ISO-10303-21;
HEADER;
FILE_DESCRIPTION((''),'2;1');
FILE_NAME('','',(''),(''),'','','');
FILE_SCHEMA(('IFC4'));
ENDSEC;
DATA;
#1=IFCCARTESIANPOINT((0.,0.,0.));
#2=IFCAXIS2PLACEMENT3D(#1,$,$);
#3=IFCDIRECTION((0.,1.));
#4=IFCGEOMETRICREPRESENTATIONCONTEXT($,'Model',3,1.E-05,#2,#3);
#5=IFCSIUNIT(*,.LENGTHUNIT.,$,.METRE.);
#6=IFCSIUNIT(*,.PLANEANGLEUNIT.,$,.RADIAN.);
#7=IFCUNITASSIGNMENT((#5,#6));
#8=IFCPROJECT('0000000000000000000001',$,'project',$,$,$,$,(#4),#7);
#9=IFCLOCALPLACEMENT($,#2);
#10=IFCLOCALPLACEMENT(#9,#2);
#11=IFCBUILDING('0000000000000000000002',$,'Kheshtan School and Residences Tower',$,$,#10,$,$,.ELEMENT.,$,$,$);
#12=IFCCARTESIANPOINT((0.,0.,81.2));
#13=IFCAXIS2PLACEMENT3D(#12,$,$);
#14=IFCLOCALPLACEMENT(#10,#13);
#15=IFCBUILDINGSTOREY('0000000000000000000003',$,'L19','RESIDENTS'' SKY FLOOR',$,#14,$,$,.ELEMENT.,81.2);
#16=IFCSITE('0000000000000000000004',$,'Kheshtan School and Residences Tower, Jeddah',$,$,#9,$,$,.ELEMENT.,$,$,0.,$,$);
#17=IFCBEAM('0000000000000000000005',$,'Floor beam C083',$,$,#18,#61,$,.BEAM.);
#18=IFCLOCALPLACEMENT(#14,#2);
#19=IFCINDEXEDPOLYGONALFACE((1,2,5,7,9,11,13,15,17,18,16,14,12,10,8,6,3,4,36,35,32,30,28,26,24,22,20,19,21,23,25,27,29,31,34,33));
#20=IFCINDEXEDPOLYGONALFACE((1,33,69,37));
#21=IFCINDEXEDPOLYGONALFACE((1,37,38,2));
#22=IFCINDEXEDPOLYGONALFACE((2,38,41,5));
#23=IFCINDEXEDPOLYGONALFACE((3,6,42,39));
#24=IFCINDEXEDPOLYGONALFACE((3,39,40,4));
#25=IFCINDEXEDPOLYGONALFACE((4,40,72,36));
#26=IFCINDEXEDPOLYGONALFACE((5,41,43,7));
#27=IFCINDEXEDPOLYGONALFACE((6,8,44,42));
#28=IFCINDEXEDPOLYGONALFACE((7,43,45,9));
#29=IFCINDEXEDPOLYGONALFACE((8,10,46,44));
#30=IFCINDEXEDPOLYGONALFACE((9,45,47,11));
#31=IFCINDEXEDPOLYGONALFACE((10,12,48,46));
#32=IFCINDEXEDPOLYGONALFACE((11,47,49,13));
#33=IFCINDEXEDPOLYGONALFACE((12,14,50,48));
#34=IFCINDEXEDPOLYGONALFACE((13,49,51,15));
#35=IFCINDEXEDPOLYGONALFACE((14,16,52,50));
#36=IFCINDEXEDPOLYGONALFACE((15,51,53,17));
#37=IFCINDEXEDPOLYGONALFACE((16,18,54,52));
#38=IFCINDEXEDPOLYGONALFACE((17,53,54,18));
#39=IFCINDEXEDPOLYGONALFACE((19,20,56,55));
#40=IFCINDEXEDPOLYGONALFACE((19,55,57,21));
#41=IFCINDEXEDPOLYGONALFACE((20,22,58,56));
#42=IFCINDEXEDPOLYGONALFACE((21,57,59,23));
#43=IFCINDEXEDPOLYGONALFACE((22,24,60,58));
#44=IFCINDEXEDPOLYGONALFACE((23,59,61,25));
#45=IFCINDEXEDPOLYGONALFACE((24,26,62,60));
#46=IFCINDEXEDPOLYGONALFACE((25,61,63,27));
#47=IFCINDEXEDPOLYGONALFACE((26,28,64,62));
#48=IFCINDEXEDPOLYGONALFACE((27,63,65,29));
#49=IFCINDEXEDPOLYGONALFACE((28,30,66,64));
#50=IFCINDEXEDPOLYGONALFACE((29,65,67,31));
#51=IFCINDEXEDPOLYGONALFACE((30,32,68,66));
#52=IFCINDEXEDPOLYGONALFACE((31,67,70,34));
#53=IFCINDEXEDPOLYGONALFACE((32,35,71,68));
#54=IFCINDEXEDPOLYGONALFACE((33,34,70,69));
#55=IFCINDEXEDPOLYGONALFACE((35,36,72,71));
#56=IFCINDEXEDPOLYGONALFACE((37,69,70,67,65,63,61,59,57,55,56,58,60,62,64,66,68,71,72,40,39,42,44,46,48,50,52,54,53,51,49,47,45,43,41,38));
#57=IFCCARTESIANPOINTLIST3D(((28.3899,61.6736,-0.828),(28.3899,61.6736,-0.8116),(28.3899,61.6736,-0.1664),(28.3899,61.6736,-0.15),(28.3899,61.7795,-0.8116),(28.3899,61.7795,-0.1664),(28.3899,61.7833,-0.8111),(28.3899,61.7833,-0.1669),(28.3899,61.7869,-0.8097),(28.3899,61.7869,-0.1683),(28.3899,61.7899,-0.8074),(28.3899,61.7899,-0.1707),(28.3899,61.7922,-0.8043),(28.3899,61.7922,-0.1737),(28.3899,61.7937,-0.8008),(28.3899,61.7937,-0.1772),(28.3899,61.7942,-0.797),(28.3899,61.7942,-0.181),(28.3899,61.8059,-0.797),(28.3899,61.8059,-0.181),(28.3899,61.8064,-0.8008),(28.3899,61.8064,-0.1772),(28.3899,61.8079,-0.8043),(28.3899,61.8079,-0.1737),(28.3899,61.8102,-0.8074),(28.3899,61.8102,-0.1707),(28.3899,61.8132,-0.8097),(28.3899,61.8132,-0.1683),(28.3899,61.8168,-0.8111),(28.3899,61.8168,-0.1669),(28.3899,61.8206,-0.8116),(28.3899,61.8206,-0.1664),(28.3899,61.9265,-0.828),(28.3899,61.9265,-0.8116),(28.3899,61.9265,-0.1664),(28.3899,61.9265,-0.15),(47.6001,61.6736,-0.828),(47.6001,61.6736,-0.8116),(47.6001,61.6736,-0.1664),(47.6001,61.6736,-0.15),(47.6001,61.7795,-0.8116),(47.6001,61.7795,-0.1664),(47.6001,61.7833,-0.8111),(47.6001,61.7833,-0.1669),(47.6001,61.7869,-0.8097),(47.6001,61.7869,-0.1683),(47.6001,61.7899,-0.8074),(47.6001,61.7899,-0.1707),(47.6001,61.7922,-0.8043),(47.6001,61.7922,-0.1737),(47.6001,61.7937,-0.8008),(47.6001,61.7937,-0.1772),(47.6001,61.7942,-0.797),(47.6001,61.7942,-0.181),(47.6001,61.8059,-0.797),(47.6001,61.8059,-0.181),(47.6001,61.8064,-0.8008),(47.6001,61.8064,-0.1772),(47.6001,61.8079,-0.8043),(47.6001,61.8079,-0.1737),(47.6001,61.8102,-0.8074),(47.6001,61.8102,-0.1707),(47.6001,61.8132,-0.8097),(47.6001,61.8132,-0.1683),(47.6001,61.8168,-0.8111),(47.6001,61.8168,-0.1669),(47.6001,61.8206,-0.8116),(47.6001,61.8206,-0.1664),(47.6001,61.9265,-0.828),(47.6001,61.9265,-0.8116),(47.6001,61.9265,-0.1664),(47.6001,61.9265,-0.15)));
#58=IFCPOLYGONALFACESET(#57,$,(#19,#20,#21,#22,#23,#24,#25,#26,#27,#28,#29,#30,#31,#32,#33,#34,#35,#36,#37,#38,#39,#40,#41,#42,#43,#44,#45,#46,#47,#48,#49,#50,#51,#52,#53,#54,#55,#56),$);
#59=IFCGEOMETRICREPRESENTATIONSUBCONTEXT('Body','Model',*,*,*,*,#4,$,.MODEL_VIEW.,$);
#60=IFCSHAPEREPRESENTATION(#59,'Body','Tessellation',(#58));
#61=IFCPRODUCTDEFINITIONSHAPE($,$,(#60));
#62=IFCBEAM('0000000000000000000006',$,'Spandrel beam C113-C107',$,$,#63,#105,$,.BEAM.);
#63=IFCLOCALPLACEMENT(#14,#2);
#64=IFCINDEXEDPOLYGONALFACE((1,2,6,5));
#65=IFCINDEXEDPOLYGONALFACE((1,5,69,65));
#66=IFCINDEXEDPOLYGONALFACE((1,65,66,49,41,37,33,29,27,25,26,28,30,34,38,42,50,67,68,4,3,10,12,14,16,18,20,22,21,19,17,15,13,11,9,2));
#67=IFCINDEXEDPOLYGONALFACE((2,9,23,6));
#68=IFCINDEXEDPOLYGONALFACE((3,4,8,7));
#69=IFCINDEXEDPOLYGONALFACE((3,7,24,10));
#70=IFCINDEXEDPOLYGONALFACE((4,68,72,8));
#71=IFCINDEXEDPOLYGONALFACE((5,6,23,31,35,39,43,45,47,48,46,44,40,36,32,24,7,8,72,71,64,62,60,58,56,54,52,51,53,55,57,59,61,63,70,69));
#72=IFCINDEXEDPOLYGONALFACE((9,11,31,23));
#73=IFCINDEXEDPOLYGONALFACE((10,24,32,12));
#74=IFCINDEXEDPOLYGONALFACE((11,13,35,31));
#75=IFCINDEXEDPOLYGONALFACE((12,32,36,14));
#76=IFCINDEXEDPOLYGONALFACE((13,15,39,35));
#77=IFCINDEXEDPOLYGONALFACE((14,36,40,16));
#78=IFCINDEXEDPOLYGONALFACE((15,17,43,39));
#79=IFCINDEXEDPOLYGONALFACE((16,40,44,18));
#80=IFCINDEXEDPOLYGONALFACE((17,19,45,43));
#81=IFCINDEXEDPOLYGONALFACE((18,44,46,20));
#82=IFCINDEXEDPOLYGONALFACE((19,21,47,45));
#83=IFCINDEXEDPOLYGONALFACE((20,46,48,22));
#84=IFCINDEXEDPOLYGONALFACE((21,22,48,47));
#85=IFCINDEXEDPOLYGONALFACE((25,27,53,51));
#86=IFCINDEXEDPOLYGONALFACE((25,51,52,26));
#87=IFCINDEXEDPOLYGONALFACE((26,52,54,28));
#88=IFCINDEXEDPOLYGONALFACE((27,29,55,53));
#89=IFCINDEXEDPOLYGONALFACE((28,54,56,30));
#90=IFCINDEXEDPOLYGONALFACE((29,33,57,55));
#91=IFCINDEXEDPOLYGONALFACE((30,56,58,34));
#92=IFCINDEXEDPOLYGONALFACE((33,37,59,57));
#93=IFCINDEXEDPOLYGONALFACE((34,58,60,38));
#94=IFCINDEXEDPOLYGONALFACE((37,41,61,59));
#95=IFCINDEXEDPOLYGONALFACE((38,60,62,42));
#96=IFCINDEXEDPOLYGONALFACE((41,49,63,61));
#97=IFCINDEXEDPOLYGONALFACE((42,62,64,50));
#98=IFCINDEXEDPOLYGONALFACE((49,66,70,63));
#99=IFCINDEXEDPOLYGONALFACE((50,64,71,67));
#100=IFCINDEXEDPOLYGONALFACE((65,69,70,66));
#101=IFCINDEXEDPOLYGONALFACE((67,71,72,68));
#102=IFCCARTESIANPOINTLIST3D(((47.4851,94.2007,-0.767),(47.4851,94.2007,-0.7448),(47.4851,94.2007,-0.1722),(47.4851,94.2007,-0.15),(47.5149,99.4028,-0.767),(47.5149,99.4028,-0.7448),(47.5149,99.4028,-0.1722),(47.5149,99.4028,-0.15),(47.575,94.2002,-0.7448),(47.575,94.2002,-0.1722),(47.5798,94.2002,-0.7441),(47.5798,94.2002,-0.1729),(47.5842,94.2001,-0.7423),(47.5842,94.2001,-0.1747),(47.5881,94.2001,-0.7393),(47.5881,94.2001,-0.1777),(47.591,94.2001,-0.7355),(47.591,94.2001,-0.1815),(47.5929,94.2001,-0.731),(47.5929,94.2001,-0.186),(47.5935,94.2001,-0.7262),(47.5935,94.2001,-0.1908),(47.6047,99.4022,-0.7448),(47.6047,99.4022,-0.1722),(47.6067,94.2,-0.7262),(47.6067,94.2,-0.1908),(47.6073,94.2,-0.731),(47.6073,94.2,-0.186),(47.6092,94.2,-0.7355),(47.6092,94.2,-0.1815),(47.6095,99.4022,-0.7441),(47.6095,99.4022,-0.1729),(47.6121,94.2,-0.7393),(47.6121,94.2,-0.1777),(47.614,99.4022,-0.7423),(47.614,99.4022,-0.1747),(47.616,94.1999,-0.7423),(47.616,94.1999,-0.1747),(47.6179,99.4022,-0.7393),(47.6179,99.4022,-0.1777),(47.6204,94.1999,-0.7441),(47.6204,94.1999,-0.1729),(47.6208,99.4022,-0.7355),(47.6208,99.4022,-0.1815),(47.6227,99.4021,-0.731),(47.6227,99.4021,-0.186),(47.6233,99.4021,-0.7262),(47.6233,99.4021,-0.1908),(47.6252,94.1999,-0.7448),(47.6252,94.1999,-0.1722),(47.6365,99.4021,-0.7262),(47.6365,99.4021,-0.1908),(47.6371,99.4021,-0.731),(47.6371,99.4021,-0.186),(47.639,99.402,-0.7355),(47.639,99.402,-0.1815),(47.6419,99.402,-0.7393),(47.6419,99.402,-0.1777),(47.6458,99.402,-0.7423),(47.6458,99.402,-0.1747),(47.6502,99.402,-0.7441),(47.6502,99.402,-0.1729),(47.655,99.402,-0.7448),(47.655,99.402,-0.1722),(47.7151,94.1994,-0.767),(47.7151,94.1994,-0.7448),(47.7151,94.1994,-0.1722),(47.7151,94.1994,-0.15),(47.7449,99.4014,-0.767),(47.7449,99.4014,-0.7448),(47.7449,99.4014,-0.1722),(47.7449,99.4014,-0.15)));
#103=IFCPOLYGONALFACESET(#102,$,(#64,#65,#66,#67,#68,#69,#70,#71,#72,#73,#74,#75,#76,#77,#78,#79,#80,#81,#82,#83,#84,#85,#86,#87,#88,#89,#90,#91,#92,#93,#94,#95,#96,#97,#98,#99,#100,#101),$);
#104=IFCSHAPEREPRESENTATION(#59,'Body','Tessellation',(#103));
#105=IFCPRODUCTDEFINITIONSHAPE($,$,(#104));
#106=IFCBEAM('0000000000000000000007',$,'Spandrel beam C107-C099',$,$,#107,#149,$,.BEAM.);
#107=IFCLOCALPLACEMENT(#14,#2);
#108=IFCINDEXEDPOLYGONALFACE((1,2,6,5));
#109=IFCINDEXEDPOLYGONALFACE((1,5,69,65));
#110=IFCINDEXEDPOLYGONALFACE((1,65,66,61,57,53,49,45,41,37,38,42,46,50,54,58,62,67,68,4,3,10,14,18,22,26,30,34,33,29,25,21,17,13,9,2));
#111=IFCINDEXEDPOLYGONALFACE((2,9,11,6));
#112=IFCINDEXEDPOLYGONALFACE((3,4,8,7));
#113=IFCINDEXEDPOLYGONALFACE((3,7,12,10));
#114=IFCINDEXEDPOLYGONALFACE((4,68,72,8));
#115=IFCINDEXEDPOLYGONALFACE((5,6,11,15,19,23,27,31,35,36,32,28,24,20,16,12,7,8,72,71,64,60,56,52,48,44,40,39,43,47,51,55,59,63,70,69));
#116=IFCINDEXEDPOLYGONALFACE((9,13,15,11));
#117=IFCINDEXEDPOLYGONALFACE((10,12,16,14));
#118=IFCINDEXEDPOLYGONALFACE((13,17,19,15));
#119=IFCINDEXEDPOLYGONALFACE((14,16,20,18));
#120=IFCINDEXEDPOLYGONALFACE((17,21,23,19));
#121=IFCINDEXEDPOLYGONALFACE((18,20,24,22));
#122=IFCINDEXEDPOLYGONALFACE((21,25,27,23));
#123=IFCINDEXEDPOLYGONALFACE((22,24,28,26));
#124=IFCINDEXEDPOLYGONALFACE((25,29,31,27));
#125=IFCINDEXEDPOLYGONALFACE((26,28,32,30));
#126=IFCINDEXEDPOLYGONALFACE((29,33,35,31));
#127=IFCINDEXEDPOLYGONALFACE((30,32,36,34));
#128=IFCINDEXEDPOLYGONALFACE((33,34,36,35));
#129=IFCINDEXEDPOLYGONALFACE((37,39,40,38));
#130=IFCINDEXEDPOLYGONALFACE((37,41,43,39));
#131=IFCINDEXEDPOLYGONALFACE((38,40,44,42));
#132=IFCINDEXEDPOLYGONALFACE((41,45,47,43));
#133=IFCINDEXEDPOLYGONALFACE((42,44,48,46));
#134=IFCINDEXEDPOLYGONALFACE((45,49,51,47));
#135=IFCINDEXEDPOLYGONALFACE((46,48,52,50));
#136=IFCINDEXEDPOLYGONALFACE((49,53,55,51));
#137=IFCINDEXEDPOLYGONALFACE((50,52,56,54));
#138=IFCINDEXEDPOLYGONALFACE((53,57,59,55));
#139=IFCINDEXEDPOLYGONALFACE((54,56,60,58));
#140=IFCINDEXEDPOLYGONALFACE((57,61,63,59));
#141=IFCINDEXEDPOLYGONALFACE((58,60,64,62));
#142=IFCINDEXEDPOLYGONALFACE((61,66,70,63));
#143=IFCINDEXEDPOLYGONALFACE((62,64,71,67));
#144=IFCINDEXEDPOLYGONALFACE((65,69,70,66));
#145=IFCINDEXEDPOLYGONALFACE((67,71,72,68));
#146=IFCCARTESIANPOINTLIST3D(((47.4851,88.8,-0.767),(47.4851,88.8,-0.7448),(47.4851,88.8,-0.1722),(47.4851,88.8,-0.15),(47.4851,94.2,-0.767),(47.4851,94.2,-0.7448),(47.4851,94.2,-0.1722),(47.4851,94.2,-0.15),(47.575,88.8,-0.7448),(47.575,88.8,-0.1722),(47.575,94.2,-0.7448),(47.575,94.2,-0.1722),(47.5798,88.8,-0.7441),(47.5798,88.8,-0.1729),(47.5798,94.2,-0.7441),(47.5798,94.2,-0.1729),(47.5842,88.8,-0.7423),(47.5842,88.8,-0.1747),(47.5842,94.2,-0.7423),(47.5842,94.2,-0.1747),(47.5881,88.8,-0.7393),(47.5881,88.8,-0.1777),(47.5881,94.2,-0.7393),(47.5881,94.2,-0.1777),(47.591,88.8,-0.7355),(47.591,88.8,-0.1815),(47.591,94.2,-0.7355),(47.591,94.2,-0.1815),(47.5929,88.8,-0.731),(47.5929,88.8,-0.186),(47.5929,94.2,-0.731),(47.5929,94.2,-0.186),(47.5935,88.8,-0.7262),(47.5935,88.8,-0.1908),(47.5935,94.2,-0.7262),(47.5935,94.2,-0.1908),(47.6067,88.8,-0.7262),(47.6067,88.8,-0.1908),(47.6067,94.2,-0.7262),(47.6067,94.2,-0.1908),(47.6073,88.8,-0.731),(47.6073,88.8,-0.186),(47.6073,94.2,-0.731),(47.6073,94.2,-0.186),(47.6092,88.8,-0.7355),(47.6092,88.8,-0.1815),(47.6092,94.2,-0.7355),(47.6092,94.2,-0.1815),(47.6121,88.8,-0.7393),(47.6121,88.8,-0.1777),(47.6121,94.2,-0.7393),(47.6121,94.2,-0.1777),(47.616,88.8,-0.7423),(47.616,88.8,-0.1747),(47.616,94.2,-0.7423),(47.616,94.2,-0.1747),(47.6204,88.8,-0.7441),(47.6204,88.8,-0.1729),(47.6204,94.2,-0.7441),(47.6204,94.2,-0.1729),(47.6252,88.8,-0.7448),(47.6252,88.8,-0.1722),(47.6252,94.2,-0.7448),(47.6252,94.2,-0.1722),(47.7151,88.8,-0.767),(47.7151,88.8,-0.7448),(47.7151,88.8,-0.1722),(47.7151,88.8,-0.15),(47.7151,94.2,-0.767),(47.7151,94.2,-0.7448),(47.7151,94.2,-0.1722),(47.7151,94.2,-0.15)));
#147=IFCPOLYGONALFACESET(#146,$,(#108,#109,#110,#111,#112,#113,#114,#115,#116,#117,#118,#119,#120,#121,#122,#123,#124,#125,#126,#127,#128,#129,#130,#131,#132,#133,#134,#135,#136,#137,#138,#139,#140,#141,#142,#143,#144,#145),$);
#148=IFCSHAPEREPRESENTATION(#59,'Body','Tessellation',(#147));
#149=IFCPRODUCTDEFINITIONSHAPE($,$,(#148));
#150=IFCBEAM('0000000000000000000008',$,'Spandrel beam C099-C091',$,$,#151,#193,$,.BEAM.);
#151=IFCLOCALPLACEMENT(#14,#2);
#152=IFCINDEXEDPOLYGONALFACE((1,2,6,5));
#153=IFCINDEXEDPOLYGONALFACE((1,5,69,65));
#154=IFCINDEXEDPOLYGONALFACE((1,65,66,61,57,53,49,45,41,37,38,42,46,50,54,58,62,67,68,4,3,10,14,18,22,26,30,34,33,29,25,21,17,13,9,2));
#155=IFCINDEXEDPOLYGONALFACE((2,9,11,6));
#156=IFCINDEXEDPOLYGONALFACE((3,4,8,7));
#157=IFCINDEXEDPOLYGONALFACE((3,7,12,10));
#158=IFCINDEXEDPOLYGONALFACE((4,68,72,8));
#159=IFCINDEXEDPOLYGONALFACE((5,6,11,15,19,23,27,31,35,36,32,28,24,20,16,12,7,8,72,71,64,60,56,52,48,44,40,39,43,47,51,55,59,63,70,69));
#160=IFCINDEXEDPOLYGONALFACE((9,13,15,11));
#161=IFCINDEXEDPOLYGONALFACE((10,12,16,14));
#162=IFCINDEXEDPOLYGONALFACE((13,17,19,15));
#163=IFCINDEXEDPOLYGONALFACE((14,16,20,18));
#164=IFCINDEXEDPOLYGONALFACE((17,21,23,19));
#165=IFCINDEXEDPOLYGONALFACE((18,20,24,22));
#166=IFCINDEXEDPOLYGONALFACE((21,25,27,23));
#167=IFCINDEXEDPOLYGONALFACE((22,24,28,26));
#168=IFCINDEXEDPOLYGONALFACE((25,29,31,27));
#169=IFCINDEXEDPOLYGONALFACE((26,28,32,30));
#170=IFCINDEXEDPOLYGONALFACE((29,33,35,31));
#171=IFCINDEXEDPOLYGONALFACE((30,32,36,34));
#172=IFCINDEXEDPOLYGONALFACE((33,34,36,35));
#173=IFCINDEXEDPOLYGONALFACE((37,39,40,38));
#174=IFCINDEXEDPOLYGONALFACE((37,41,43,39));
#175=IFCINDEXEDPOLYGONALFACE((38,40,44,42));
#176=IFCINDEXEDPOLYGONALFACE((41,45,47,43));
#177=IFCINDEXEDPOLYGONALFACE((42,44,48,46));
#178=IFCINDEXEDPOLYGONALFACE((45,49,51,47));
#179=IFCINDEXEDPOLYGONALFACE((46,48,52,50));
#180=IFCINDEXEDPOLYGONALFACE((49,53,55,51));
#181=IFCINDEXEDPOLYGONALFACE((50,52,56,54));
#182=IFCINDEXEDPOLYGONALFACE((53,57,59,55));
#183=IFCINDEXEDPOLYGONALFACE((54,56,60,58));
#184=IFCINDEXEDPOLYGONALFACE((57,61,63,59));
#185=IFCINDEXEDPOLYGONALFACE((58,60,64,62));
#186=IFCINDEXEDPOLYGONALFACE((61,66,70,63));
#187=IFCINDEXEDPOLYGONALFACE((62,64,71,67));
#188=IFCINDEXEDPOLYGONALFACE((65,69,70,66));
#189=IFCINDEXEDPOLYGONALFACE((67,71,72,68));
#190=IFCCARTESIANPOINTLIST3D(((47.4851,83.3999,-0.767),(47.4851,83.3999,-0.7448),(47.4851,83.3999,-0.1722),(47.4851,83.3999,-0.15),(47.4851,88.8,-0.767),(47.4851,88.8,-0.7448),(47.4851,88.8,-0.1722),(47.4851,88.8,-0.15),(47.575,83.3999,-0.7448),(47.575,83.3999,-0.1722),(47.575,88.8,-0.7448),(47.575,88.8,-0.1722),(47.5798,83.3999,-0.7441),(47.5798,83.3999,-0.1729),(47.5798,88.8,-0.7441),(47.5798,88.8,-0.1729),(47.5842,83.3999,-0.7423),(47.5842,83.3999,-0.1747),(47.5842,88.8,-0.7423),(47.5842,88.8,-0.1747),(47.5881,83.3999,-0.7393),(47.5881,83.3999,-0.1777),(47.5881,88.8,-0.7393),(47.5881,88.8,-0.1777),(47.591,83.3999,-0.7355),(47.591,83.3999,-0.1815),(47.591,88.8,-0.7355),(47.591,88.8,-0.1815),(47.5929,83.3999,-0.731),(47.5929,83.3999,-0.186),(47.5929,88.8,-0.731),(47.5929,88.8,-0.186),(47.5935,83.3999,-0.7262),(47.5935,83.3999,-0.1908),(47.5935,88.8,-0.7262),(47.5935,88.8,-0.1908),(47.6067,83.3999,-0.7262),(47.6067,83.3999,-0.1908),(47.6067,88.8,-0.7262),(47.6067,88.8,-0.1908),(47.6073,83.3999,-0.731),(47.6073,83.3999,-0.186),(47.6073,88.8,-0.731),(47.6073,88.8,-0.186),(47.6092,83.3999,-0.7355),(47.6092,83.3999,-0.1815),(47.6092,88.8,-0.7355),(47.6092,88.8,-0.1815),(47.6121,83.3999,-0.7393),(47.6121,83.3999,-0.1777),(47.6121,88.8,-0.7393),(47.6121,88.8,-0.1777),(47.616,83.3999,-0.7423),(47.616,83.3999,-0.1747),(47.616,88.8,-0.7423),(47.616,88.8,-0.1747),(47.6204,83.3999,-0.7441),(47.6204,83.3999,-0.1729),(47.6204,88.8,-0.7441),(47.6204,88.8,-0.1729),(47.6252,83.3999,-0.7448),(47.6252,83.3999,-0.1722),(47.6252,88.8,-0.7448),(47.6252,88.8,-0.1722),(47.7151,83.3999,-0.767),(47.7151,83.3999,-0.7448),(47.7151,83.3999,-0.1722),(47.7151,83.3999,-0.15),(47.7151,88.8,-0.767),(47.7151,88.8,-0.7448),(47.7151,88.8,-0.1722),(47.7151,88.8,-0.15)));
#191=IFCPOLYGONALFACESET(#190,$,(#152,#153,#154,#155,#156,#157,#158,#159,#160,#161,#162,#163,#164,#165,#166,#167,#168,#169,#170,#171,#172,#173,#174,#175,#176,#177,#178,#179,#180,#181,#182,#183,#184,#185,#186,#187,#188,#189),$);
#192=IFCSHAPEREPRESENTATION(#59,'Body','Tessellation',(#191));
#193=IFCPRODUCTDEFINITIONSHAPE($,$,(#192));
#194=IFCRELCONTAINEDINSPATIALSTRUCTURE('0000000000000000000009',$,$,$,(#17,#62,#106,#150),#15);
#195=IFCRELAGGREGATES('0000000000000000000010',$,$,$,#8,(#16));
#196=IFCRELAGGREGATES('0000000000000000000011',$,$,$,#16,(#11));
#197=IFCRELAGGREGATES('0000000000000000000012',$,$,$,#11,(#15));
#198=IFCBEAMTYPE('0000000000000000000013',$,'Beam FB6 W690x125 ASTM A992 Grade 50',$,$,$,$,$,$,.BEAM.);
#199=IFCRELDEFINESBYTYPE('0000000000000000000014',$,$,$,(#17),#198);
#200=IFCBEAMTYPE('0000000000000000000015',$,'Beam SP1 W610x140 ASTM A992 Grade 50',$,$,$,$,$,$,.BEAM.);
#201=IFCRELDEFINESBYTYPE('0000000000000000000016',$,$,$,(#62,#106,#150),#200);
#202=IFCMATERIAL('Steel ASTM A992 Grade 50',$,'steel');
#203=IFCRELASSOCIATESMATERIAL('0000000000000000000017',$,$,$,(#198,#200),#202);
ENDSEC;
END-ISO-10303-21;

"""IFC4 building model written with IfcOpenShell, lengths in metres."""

from ifc_helpers import new_model, si_unit, direction, frame, origin, origin_2d, place, context, subcontext, project, spatial, i_section, extrude, material, material_profile, profile_set, type_object, element, save


model = new_model("IFC4")

# Units and contexts
model_context = context("Model", 3, precision=1e-05, world=origin(), true_north=direction((0.0, 1.0)))
body_context = subcontext(model_context, "Body", "Model", "MODEL_VIEW")
ifc_project = project(units=[si_unit("LENGTHUNIT", "METRE"), si_unit("PLANEANGLEUNIT", "RADIAN")], contexts=[model_context])

# Site, building, storey
site_placement = place(None, origin())
site = spatial("IfcSite", under=ifc_project, at=site_placement, Name="Kheshtan School and Residences Tower, Jeddah", CompositionType="ELEMENT", RefElevation=0.0)
building_placement = place(site_placement, origin())
building = spatial("IfcBuilding", under=site, at=building_placement, Name="Kheshtan School and Residences Tower", CompositionType="ELEMENT")
storey_placement = place(building_placement, frame((0.0, 0.0, 81.2)))
storey = spatial("IfcBuildingStorey", under=building, at=storey_placement, Name="L19", Description="RESIDENTS' SKY FLOOR", CompositionType="ELEMENT", Elevation=81.2)

# Shared definitions
ifc_material_1 = material(Name="Steel ASTM A992 Grade 50", Category="steel")

# Beams
ifc_material_profile_1 = material_profile(ifc_material_1, i_section(OverallWidth=0.2529, OverallDepth=0.678, WebThickness=0.0117, FlangeThickness=0.0164, FilletRadius=0.0146, at=origin_2d()), Name="W690x125")
ifc_profile_set_1 = profile_set([ifc_material_profile_1], Name="Steel ASTM A992 Grade 50")
beam_type_1 = type_object("IfcBeamType", Name="Beam FB6 W690x125 ASTM A992 Grade 50", PredefinedType="BEAM", material=ifc_profile_set_1)
beam_1_placement = place(storey_placement, frame((47.6001, 61.8, -0.489), z_axis=(-1.0, 0.0, 0.0), x_axis=(0.0, -1.0, 0.0)))
element("IfcBeam", 1, at=beam_1_placement, inside=storey, type_object=beam_type_1, Name="Floor beam C083", PredefinedType="BEAM", context=body_context, shape_type="SweptSolid", body=[
    extrude(i_section(OverallWidth=0.2529, OverallDepth=0.678, WebThickness=0.0117, FlangeThickness=0.0164, FilletRadius=0.0146, at=origin_2d()), origin(), (0.0, 0.0, 1.0), 19.2102),
])
ifc_material_profile_2 = material_profile(ifc_material_1, i_section(OverallWidth=0.23, OverallDepth=0.6169, WebThickness=0.0132, FlangeThickness=0.0222, FilletRadius=0.0186, at=origin_2d()), Name="W610x140")
ifc_profile_set_2 = profile_set([ifc_material_profile_2], Name="Steel ASTM A992 Grade 50")
beam_type_2 = type_object("IfcBeamType", Name="Beam SP1 W610x140 ASTM A992 Grade 50", PredefinedType="BEAM", material=ifc_profile_set_2)
beam_2_placement = place(storey_placement, frame((47.6299, 99.4021, -0.4585), z_axis=(-0.005725, -0.999984, 0.0), x_axis=(0.999984, -0.005725, 0.0)))
element("IfcBeam", 2, at=beam_2_placement, inside=storey, type_object=beam_type_2, Name="Spandrel beam C113-C107", PredefinedType="BEAM", context=body_context, shape_type="SweptSolid", body=[
    extrude(i_section(OverallWidth=0.23, OverallDepth=0.6169, WebThickness=0.0132, FlangeThickness=0.0222, FilletRadius=0.0186, at=origin_2d()), origin(), (0.0, 0.0, 1.0), 5.2021),
])
beam_3_placement = place(storey_placement, frame((47.6001, 94.2, -0.4585), z_axis=(0.0, -1.0, 0.0), x_axis=(1.0, 0.0, 0.0)))
element("IfcBeam", 3, at=beam_3_placement, inside=storey, type_object=beam_type_2, Name="Spandrel beam C107-C099", PredefinedType="BEAM", context=body_context, shape_type="SweptSolid", body=[
    extrude(i_section(OverallWidth=0.23, OverallDepth=0.6169, WebThickness=0.0132, FlangeThickness=0.0222, FilletRadius=0.0186, at=origin_2d()), origin(), (0.0, 0.0, 1.0), 5.3999),
])
beam_4_placement = place(storey_placement, frame((47.6001, 88.8, -0.4585), z_axis=(0.0, -1.0, 0.0), x_axis=(1.0, 0.0, 0.0)))
element("IfcBeam", 4, at=beam_4_placement, inside=storey, type_object=beam_type_2, Name="Spandrel beam C099-C091", PredefinedType="BEAM", context=body_context, shape_type="SweptSolid", body=[
    extrude(i_section(OverallWidth=0.23, OverallDepth=0.6169, WebThickness=0.0132, FlangeThickness=0.0222, FilletRadius=0.0186, at=origin_2d()), origin(), (0.0, 0.0, 1.0), 5.4001),
])

save(model, "model.ifc")
